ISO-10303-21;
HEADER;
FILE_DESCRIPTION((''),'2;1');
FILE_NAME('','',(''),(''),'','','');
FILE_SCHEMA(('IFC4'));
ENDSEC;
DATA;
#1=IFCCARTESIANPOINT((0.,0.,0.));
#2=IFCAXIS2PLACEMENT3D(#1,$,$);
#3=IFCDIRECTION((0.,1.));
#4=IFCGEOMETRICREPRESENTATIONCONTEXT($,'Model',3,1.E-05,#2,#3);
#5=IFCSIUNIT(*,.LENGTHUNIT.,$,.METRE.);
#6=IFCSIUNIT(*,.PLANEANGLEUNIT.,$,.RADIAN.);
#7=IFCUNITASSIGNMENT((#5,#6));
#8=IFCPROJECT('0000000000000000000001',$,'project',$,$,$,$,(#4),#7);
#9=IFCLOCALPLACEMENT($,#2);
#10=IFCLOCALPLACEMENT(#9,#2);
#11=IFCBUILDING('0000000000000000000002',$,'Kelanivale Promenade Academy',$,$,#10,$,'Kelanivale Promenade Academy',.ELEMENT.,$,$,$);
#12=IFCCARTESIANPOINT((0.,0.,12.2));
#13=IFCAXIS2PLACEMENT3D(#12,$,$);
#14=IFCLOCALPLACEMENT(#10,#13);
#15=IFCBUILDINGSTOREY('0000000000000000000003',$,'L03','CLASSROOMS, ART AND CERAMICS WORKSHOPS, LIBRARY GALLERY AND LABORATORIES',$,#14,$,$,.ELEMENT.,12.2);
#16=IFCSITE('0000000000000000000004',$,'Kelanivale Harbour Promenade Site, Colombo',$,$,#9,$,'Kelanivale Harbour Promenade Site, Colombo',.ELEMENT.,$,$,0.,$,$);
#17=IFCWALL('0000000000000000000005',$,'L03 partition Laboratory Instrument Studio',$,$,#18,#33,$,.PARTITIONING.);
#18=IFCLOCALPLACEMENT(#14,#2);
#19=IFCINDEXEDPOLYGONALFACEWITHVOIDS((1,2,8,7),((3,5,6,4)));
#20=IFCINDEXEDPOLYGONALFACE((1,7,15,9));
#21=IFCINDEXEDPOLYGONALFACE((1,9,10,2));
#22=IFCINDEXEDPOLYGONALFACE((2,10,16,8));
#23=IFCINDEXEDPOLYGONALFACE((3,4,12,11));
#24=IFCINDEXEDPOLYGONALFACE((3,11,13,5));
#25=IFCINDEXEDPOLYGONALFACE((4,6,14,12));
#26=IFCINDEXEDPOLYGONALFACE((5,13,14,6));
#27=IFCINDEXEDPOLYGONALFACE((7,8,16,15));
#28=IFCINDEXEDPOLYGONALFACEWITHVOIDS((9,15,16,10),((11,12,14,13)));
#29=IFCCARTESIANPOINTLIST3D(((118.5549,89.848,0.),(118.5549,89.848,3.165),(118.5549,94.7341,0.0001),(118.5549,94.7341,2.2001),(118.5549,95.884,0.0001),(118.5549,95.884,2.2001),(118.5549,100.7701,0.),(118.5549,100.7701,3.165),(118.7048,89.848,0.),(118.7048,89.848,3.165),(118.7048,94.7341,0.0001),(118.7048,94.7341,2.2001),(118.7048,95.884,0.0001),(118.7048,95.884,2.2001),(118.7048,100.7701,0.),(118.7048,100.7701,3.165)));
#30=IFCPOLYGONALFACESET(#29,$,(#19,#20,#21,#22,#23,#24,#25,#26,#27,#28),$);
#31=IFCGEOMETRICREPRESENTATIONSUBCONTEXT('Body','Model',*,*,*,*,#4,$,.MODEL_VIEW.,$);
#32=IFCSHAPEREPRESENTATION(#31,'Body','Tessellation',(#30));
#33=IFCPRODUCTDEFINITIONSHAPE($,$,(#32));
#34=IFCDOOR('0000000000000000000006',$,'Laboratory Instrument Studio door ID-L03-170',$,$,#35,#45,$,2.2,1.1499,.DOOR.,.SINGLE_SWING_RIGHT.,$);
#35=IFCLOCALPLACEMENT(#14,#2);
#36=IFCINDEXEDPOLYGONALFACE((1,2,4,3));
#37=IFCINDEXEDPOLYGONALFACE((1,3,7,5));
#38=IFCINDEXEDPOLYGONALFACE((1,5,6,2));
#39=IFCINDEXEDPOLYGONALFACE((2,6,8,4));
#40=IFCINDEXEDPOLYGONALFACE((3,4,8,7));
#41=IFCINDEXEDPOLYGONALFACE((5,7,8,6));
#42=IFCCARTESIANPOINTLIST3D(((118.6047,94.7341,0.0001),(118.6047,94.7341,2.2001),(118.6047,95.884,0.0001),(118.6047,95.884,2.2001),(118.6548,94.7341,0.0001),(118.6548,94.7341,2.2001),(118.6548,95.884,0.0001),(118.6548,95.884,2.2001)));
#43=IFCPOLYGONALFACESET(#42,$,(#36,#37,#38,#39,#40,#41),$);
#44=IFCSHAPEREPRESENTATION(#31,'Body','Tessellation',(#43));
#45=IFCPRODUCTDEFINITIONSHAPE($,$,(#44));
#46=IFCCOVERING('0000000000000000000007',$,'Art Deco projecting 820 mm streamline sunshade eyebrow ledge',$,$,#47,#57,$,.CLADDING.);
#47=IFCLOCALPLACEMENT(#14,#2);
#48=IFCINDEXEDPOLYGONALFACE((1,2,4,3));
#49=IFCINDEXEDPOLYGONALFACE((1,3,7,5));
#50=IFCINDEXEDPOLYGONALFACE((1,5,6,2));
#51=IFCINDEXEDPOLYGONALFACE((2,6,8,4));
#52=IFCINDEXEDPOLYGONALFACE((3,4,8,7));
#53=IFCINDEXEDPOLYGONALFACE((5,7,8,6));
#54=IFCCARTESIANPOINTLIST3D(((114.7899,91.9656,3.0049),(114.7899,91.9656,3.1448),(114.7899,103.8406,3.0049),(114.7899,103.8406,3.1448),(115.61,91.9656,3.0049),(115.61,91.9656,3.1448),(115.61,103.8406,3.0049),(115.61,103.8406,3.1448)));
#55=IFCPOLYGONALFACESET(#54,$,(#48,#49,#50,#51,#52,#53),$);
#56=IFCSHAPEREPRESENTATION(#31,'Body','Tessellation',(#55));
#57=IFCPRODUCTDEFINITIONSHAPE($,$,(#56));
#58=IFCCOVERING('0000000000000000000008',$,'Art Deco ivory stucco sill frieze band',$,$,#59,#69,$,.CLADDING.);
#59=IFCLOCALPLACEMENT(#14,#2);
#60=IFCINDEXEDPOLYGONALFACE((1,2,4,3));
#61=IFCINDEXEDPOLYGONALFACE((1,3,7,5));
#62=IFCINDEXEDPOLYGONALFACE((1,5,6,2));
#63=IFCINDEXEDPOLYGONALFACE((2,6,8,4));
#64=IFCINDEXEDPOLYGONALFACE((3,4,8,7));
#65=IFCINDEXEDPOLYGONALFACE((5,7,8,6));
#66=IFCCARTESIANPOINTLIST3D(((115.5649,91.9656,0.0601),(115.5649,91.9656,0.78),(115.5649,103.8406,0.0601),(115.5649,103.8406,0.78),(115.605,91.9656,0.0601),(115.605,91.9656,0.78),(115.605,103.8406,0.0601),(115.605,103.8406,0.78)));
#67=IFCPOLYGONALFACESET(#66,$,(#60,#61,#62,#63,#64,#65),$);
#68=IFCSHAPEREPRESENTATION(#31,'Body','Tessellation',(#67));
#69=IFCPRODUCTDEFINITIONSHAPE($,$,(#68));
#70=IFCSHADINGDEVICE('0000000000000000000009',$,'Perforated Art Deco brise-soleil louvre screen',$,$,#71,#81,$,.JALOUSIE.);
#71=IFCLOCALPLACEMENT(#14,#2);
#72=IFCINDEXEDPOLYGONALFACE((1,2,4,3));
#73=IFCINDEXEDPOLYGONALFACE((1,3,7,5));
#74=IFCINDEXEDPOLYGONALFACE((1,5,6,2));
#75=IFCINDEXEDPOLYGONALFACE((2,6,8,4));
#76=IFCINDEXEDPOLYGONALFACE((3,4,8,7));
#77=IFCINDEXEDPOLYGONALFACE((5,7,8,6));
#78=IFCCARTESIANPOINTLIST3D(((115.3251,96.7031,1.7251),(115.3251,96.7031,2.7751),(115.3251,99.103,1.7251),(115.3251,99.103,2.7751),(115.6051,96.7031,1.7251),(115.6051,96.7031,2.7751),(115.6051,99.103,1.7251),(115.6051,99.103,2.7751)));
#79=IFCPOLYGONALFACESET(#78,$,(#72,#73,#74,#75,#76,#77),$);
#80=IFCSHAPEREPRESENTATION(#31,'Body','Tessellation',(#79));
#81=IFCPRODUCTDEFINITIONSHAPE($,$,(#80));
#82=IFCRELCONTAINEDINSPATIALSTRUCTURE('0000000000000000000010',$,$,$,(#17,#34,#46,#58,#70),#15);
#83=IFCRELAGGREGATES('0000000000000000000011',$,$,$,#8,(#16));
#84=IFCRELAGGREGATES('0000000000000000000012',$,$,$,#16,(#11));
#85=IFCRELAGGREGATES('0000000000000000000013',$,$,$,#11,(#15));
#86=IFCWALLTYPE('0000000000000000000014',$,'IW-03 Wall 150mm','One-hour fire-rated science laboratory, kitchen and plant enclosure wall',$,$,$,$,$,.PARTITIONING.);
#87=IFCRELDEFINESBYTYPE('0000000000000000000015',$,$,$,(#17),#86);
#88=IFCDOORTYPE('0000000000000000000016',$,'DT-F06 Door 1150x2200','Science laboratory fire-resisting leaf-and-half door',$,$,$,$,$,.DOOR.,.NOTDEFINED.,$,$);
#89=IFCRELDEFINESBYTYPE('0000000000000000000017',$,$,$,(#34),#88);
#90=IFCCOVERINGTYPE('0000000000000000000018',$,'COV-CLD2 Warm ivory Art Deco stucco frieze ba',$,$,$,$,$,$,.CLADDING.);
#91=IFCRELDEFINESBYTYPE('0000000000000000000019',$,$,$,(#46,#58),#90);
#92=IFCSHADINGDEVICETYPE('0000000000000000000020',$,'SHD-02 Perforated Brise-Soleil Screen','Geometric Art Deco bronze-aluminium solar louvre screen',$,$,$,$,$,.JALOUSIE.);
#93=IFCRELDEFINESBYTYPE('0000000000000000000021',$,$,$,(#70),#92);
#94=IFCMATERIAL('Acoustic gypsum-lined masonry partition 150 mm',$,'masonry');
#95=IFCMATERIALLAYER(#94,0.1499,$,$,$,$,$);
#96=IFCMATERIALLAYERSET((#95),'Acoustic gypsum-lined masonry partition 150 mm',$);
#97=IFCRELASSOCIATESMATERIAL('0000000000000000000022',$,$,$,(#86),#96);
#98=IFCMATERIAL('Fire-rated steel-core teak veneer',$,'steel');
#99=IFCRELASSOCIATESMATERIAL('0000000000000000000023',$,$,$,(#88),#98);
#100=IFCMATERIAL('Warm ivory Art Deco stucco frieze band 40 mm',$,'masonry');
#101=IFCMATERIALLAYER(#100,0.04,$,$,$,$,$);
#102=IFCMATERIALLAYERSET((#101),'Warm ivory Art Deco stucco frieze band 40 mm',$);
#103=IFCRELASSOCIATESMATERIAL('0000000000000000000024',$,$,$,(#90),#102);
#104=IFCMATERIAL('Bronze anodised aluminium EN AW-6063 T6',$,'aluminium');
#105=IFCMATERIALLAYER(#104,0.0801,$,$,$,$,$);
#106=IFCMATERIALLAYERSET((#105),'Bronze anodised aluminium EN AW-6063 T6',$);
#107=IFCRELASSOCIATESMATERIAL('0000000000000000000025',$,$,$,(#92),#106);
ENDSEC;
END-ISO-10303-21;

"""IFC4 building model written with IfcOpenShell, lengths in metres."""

from ifc_helpers import new_model, si_unit, direction, frame, frame_2d, origin, origin_2d, place, context, subcontext, project, spatial, rectangle, extrude, material, layer, layer_set, type_object, element, fill, save


model = new_model("IFC4")

# Units and contexts
model_context = context("Model", 3, precision=1e-05, world=origin(), true_north=direction((0.0, 1.0)))
body_context = subcontext(model_context, "Body", "Model", "MODEL_VIEW")
ifc_project = project(units=[si_unit("LENGTHUNIT", "METRE"), si_unit("PLANEANGLEUNIT", "RADIAN")], contexts=[model_context])

# Site, building, storey
site_placement = place(None, origin())
site = spatial("IfcSite", under=ifc_project, at=site_placement, Name="Kelanivale Harbour Promenade Site, Colombo", LongName="Kelanivale Harbour Promenade Site, Colombo", CompositionType="ELEMENT", RefElevation=0.0)
building_placement = place(site_placement, origin())
building = spatial("IfcBuilding", under=site, at=building_placement, Name="Kelanivale Promenade Academy", LongName="Kelanivale Promenade Academy", CompositionType="ELEMENT")
storey_placement = place(building_placement, frame((0.0, 0.0, 12.2)))
storey = spatial("IfcBuildingStorey", under=building, at=storey_placement, Name="L03", Description="CLASSROOMS, ART AND CERAMICS WORKSHOPS, LIBRARY GALLERY AND LABORATORIES", CompositionType="ELEMENT", Elevation=12.2)

# Shared definitions
ifc_material_1 = material(Name="Fire-rated steel-core teak veneer", Category="steel")

# Shared definitions
ifc_material_2 = material(Name="Acoustic gypsum-lined masonry partition 150 mm", Category="masonry")
ifc_layer_1 = layer(ifc_material_2, 0.1499)
ifc_layer_set_1 = layer_set([ifc_layer_1], Name="Acoustic gypsum-lined masonry partition 150 mm")
wall_type_1 = type_object("IfcWallType", Name="IW-03 Wall 150mm", Description="One-hour fire-rated science laboratory, kitchen and plant enclosure wall", PredefinedType="PARTITIONING", material=ifc_layer_set_1)

# Wall, opening, door
wall_1_placement = place(storey_placement, frame((118.6299, 100.77, 0.0), z_axis=(0.0, 0.0, 1.0), x_axis=(0.0, -1.0, 0.0)))
wall_1 = element("IfcWall", 1, at=wall_1_placement, inside=storey, type_object=wall_type_1, Name="L03 partition Laboratory Instrument Studio", PredefinedType="PARTITIONING", context=body_context, shape_type="SweptSolid", body=[
    extrude(rectangle(XDim=10.9221, YDim=0.1499, at=frame_2d((5.4609, 0.0))), origin(), (0.0, 0.0, 1.0), 3.165),
])
opening_1_placement = place(wall_1_placement, frame((4.886, 0.0, 0.0)))
opening_1 = element("IfcOpeningElement", 2, at=opening_1_placement, cuts=wall_1, PredefinedType="OPENING", context=body_context, shape_type="SweptSolid", body=[
    extrude(rectangle(XDim=1.1499, YDim=2.2, at=frame_2d((0.575, 1.1001))), frame((0.0, 0.085, 0.0), z_axis=(0.0, -1.0, 0.0), x_axis=(1.0, 0.0, 0.0)), (0.0, 0.0, 1.0), 0.1699),
])
door_type_1 = type_object("IfcDoorType", Name="DT-F06 Door 1150x2200", Description="Science laboratory fire-resisting leaf-and-half door", OperationType="NOTDEFINED", PredefinedType="DOOR", material=ifc_material_1)
door_1_placement = place(opening_1_placement, origin())
door_1 = element("IfcDoor", 3, at=door_1_placement, inside=storey, type_object=door_type_1, Name="Laboratory Instrument Studio door ID-L03-170", OperationType="SINGLE_SWING_RIGHT", OverallHeight=2.2, OverallWidth=1.1499, PredefinedType="DOOR", context=body_context, shape_type="SweptSolid", body=[
    extrude(rectangle(XDim=1.1499, YDim=2.2, at=frame_2d((0.575, 1.1001))), frame((0.0, 0.0249, 0.0), z_axis=(0.0, -1.0, 0.0), x_axis=(1.0, 0.0, 0.0)), (0.0, 0.0, 1.0), 0.05),
])
fill(opening_1, door_1)

# Coverings
ifc_material_3 = material(Name="Warm ivory Art Deco stucco frieze band 40 mm", Category="masonry")
ifc_layer_2 = layer(ifc_material_3, 0.04)
ifc_layer_set_2 = layer_set([ifc_layer_2], Name="Warm ivory Art Deco stucco frieze band 40 mm")
covering_type = type_object("IfcCoveringType", Name="COV-CLD2 Warm ivory Art Deco stucco frieze ba", PredefinedType="CLADDING", material=ifc_layer_set_2)
covering_1_placement = place(storey_placement, frame((115.2, 97.9031, 3.0049), z_axis=(0.0, 0.0, 1.0), x_axis=(0.0, -1.0, 0.0)))
element("IfcCovering", 4, at=covering_1_placement, inside=storey, type_object=covering_type, Name="Art Deco projecting 820 mm streamline sunshade eyebrow ledge", PredefinedType="CLADDING", context=body_context, shape_type="SweptSolid", body=[
    extrude(rectangle(XDim=11.875, YDim=0.8201, at=origin_2d()), origin(), (0.0, 0.0, 1.0), 0.1399),
])
covering_2_placement = place(storey_placement, frame((115.585, 97.9031, 0.0601), z_axis=(0.0, 0.0, 1.0), x_axis=(0.0, -1.0, 0.0)))
element("IfcCovering", 5, at=covering_2_placement, inside=storey, type_object=covering_type, Name="Art Deco ivory stucco sill frieze band", PredefinedType="CLADDING", context=body_context, shape_type="SweptSolid", body=[
    extrude(rectangle(XDim=11.875, YDim=0.04, at=origin_2d()), origin(), (0.0, 0.0, 1.0), 0.72),
])

# Shading device
ifc_material_4 = material(Name="Bronze anodised aluminium EN AW-6063 T6", Category="aluminium")
ifc_layer_3 = layer(ifc_material_4, 0.0801)
ifc_layer_set_3 = layer_set([ifc_layer_3], Name="Bronze anodised aluminium EN AW-6063 T6")
shading_device_type = type_object("IfcShadingDeviceType", Name="SHD-02 Perforated Brise-Soleil Screen", Description="Geometric Art Deco bronze-aluminium solar louvre screen", PredefinedType="JALOUSIE", material=ifc_layer_set_3)
shading_device_placement = place(storey_placement, frame((115.4651, 97.9031, 1.7251), z_axis=(0.0, 0.0, 1.0), x_axis=(0.0, -1.0, 0.0)))
element("IfcShadingDevice", 6, at=shading_device_placement, inside=storey, type_object=shading_device_type, Name="Perforated Art Deco brise-soleil louvre screen", PredefinedType="JALOUSIE", context=body_context, shape_type="SweptSolid", body=[
    extrude(rectangle(XDim=2.3999, YDim=0.28, at=origin_2d()), origin(), (0.0, 0.0, 1.0), 1.05),
])

save(model, "model.ifc")
